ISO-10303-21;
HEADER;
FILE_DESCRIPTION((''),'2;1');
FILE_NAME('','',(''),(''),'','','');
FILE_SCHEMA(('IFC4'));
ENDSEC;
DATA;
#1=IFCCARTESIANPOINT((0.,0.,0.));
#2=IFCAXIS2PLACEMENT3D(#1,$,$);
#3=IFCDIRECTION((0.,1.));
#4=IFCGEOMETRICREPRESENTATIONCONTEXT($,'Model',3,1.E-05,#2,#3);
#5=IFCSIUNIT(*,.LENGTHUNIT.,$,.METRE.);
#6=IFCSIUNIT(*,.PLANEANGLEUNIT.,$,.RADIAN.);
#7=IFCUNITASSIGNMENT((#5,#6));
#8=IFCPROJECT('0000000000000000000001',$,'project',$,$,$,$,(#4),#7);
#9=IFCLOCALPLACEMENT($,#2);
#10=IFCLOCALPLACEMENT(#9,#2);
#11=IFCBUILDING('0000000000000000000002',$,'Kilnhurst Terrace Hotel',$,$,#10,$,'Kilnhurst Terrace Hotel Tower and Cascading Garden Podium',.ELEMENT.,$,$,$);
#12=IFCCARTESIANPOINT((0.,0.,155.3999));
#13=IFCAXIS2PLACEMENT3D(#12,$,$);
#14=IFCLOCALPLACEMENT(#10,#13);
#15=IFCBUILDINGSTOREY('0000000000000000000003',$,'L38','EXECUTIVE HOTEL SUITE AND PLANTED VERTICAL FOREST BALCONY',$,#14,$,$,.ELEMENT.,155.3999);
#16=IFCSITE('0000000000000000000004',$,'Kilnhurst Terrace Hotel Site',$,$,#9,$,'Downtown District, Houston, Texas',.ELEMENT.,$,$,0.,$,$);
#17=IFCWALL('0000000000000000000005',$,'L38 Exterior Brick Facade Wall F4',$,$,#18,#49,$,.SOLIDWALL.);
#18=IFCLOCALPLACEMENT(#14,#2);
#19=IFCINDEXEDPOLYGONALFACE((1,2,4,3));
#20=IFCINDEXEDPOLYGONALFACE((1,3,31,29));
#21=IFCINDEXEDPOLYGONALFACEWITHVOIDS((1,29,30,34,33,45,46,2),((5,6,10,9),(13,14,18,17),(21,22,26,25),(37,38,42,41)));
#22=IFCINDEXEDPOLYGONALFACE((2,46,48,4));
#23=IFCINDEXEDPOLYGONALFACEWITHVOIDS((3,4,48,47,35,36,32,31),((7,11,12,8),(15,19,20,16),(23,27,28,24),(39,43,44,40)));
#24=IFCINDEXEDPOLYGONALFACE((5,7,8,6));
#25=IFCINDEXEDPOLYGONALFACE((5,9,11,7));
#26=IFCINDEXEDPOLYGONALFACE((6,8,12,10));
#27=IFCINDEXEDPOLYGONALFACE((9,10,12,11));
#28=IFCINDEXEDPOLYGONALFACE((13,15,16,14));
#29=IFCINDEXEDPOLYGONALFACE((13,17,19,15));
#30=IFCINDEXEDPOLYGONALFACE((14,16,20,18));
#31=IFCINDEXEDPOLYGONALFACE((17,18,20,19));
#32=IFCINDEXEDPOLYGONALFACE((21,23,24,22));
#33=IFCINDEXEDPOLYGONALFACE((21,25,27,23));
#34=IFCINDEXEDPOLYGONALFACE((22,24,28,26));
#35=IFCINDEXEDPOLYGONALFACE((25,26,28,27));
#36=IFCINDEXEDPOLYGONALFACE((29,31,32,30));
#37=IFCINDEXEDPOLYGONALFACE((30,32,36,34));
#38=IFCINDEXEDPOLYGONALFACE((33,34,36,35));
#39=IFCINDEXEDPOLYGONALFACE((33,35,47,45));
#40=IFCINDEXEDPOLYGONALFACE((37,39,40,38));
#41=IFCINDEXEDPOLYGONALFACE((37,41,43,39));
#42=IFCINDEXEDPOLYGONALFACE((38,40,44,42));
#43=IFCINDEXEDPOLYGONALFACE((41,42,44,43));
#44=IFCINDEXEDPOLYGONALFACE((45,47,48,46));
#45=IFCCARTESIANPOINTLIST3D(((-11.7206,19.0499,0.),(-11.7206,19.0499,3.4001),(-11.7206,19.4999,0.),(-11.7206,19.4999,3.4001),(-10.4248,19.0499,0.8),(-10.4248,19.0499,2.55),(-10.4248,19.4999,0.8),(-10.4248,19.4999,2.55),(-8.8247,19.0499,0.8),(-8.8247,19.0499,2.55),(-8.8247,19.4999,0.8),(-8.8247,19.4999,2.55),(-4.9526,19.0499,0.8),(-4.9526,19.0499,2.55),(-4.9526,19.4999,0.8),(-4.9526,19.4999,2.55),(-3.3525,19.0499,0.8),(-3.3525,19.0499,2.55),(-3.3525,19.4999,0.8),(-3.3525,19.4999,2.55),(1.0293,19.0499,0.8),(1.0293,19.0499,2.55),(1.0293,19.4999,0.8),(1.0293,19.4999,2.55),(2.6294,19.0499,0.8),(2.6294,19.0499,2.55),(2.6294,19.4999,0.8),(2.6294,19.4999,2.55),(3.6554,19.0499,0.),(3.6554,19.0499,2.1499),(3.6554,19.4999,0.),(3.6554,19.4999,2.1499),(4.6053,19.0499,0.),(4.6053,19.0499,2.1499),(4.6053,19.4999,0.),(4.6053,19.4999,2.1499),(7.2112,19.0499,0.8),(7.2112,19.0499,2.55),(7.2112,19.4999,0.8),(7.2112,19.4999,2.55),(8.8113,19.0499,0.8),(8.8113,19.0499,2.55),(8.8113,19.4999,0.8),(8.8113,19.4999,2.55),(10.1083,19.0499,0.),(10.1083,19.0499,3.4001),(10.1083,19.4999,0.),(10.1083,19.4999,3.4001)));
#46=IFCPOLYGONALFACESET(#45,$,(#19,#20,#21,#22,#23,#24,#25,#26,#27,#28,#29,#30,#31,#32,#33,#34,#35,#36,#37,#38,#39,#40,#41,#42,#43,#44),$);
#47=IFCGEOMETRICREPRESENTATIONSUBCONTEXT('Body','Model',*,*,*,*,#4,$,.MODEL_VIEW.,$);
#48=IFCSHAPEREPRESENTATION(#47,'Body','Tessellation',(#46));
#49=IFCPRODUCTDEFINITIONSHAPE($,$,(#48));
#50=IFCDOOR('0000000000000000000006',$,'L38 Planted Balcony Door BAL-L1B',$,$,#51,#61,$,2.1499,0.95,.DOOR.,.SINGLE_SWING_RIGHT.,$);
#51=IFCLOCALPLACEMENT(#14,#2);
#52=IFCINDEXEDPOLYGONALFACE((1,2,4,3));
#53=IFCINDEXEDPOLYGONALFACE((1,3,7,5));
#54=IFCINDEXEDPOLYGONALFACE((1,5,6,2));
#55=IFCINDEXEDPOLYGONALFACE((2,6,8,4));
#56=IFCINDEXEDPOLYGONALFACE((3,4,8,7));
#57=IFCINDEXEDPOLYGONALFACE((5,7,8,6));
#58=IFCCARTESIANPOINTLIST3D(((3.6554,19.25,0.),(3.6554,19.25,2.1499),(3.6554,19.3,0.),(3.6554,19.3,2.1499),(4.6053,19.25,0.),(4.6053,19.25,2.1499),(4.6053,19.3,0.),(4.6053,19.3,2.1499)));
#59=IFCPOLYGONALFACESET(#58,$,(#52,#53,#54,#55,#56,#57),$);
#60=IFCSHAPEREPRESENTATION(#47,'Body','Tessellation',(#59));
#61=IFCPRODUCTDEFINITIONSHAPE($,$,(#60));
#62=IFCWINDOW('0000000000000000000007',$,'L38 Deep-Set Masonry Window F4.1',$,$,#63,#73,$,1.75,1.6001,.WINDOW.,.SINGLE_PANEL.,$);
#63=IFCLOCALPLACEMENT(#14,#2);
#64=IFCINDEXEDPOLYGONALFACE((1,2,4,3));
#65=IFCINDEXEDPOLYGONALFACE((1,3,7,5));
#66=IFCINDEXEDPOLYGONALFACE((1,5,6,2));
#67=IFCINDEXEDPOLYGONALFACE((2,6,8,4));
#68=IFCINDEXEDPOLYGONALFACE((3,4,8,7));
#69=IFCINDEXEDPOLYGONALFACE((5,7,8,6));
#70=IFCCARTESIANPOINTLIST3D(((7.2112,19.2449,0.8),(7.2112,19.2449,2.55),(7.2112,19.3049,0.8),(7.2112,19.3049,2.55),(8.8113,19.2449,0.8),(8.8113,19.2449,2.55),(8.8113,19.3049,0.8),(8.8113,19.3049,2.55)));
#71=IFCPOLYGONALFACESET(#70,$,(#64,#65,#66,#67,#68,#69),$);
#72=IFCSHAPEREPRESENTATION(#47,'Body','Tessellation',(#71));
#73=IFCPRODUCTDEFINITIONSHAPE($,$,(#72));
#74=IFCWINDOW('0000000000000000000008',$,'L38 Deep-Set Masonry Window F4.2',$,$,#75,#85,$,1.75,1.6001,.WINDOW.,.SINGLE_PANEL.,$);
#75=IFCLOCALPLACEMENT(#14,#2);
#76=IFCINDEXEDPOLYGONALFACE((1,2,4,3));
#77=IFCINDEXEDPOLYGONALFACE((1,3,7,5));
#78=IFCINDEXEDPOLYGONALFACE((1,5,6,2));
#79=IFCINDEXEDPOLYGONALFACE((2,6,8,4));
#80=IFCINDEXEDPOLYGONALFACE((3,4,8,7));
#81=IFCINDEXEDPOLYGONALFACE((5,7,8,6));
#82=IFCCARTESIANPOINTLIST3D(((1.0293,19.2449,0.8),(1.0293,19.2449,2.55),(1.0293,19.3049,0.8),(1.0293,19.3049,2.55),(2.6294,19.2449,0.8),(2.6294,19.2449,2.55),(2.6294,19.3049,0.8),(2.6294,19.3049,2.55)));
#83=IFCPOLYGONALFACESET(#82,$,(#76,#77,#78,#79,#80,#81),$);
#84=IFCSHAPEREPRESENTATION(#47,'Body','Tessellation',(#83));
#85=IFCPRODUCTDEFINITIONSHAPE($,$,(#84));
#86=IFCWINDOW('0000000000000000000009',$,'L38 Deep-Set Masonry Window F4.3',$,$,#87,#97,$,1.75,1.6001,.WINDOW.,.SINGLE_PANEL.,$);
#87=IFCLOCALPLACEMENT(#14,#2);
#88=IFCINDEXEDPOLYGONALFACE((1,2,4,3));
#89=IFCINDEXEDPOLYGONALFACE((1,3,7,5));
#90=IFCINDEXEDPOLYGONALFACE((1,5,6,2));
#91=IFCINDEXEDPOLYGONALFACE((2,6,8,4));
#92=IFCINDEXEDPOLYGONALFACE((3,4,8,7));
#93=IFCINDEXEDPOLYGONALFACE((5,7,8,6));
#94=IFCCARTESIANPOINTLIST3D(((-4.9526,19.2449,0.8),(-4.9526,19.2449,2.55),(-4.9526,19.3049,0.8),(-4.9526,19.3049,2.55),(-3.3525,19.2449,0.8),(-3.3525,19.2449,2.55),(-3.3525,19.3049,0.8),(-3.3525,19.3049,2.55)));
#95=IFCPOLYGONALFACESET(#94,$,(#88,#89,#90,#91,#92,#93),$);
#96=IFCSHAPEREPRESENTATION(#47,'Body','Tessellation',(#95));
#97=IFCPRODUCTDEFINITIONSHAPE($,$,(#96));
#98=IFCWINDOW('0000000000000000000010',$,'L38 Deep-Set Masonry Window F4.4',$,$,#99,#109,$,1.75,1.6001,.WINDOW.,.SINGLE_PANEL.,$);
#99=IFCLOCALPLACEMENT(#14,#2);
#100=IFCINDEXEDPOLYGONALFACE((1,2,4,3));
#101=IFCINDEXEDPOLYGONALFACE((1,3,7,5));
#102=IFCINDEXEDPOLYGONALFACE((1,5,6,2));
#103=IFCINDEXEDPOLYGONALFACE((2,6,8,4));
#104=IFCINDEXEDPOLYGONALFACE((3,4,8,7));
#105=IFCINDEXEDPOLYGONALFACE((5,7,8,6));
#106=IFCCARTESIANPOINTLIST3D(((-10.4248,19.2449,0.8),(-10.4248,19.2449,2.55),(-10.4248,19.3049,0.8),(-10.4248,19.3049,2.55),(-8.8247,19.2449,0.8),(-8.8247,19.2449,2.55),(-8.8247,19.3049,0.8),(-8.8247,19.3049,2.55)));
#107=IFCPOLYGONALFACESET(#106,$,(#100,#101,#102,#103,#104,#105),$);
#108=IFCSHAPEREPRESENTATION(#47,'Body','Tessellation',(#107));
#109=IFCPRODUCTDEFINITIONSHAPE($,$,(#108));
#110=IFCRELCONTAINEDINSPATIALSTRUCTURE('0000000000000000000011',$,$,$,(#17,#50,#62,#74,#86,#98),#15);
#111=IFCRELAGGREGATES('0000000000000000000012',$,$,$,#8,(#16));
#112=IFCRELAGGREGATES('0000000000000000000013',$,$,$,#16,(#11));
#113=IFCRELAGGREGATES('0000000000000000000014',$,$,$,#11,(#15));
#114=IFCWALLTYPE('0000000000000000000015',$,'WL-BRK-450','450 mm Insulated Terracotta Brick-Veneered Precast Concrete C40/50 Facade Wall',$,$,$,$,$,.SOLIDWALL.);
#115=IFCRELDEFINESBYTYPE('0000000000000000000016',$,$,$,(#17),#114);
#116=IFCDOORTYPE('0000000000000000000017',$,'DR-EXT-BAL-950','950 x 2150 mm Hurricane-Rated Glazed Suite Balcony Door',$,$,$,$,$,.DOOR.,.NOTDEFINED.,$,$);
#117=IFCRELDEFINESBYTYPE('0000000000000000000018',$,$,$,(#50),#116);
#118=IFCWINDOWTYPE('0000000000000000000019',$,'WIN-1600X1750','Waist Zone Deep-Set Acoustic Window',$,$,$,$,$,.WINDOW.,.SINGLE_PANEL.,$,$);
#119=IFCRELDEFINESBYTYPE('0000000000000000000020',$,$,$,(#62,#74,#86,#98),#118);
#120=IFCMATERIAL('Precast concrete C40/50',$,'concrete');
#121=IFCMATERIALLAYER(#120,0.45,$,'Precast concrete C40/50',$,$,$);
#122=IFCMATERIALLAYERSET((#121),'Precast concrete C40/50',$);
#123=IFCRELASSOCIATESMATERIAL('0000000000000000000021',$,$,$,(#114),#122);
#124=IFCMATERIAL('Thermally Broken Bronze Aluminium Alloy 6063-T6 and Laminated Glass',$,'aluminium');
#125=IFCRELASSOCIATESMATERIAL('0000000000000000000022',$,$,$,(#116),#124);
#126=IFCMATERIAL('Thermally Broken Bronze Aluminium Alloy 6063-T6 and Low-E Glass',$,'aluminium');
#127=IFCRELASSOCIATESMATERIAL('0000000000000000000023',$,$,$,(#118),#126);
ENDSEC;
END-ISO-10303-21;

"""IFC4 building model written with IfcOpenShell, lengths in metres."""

from ifc_helpers import new_model, si_unit, direction, frame, frame_2d, origin, place, context, subcontext, project, spatial, rectangle, extrude, material, layer, layer_set, type_object, element, fill, save


model = new_model("IFC4")

# Units and contexts
model_context = context("Model", 3, precision=1e-05, world=origin(), true_north=direction((0.0, 1.0)))
body_context = subcontext(model_context, "Body", "Model", "MODEL_VIEW")
ifc_project = project(units=[si_unit("LENGTHUNIT", "METRE"), si_unit("PLANEANGLEUNIT", "RADIAN")], contexts=[model_context])

# Site, building, storey
site_placement = place(None, origin())
site = spatial("IfcSite", under=ifc_project, at=site_placement, Name="Kilnhurst Terrace Hotel Site", LongName="Downtown District, Houston, Texas", CompositionType="ELEMENT", RefElevation=0.0)
building_placement = place(site_placement, origin())
building = spatial("IfcBuilding", under=site, at=building_placement, Name="Kilnhurst Terrace Hotel", LongName="Kilnhurst Terrace Hotel Tower and Cascading Garden Podium", CompositionType="ELEMENT")
storey_placement = place(building_placement, frame((0.0, 0.0, 155.3999)))
storey = spatial("IfcBuildingStorey", under=building, at=storey_placement, Name="L38", Description="EXECUTIVE HOTEL SUITE AND PLANTED VERTICAL FOREST BALCONY", CompositionType="ELEMENT", Elevation=155.3999)

# Shared definitions
ifc_material_1 = material(Name="Precast concrete C40/50", Category="concrete")
ifc_layer_1 = layer(ifc_material_1, 0.45, Name="Precast concrete C40/50")
ifc_layer_set_1 = layer_set([ifc_layer_1], Name="Precast concrete C40/50")
wall_type_1 = type_object("IfcWallType", Name="WL-BRK-450", Description="450 mm Insulated Terracotta Brick-Veneered Precast Concrete C40/50 Facade Wall", PredefinedType="SOLIDWALL", material=ifc_layer_set_1)

# Wall, openings, door, windows
wall_1_placement = place(storey_placement, frame((10.1084, 19.2749, 0.0), z_axis=(0.0, 0.0, 1.0), x_axis=(-1.0, 0.0, 0.0)))
wall_1 = element("IfcWall", 1, at=wall_1_placement, inside=storey, type_object=wall_type_1, Name="L38 Exterior Brick Facade Wall F4", PredefinedType="SOLIDWALL", context=body_context, shape_type="SweptSolid", body=[
    extrude(rectangle(XDim=21.8289, YDim=0.45, at=frame_2d((10.9146, 0.0))), origin(), (0.0, 0.0, 1.0), 3.4001),
])
opening_1_placement = place(wall_1_placement, frame((5.5029, 0.0, 0.0)))
opening_1 = element("IfcOpeningElement", 2, at=opening_1_placement, cuts=wall_1, PredefinedType="OPENING", context=body_context, shape_type="SweptSolid", body=[
    extrude(rectangle(XDim=0.95, YDim=2.1499, at=frame_2d((0.4751, 1.075))), frame((0.0, 0.2349, 0.0), z_axis=(0.0, -1.0, 0.0), x_axis=(1.0, 0.0, 0.0)), (0.0, 0.0, 1.0), 0.47),
])
opening_2_placement = place(wall_1_placement, frame((1.2971, 0.0, 0.8)))
opening_2 = element("IfcOpeningElement", 3, at=opening_2_placement, cuts=wall_1, PredefinedType="OPENING", context=body_context, shape_type="SweptSolid", body=[
    extrude(rectangle(XDim=1.6001, YDim=1.75, at=frame_2d((0.8, 0.875))), frame((0.0, 0.2349, 0.0), z_axis=(0.0, -1.0, 0.0), x_axis=(1.0, 0.0, 0.0)), (0.0, 0.0, 1.0), 0.47),
])
opening_3_placement = place(wall_1_placement, frame((7.479, 0.0, 0.8)))
opening_3 = element("IfcOpeningElement", 4, at=opening_3_placement, cuts=wall_1, PredefinedType="OPENING", context=body_context, shape_type="SweptSolid", body=[
    extrude(rectangle(XDim=1.6001, YDim=1.75, at=frame_2d((0.8, 0.875))), frame((0.0, 0.2349, 0.0), z_axis=(0.0, -1.0, 0.0), x_axis=(1.0, 0.0, 0.0)), (0.0, 0.0, 1.0), 0.47),
])
opening_4_placement = place(wall_1_placement, frame((13.4609, 0.0, 0.8)))
opening_4 = element("IfcOpeningElement", 5, at=opening_4_placement, cuts=wall_1, PredefinedType="OPENING", context=body_context, shape_type="SweptSolid", body=[
    extrude(rectangle(XDim=1.6001, YDim=1.75, at=frame_2d((0.8, 0.875))), frame((0.0, 0.2349, 0.0), z_axis=(0.0, -1.0, 0.0), x_axis=(1.0, 0.0, 0.0)), (0.0, 0.0, 1.0), 0.47),
])
opening_5_placement = place(wall_1_placement, frame((18.9331, 0.0, 0.8)))
opening_5 = element("IfcOpeningElement", 6, at=opening_5_placement, cuts=wall_1, PredefinedType="OPENING", context=body_context, shape_type="SweptSolid", body=[
    extrude(rectangle(XDim=1.6001, YDim=1.75, at=frame_2d((0.8, 0.875))), frame((0.0, 0.2349, 0.0), z_axis=(0.0, -1.0, 0.0), x_axis=(1.0, 0.0, 0.0)), (0.0, 0.0, 1.0), 0.47),
])
ifc_material_2 = material(Name="Thermally Broken Bronze Aluminium Alloy 6063-T6 and Laminated Glass", Category="aluminium")
door_type_1 = type_object("IfcDoorType", Name="DR-EXT-BAL-950", Description="950 x 2150 mm Hurricane-Rated Glazed Suite Balcony Door", OperationType="NOTDEFINED", PredefinedType="DOOR", material=ifc_material_2)
door_1_placement = place(opening_1_placement, origin())
door_1 = element("IfcDoor", 7, at=door_1_placement, inside=storey, type_object=door_type_1, Name="L38 Planted Balcony Door BAL-L1B", OperationType="SINGLE_SWING_RIGHT", OverallHeight=2.1499, OverallWidth=0.95, PredefinedType="DOOR", context=body_context, shape_type="SweptSolid", body=[
    extrude(rectangle(XDim=0.95, YDim=2.1499, at=frame_2d((0.4751, 1.075))), frame((0.0, 0.0249, 0.0), z_axis=(0.0, -1.0, 0.0), x_axis=(1.0, 0.0, 0.0)), (0.0, 0.0, 1.0), 0.05),
])
fill(opening_1, door_1)
ifc_material_3 = material(Name="Thermally Broken Bronze Aluminium Alloy 6063-T6 and Low-E Glass", Category="aluminium")
window_type = type_object("IfcWindowType", Name="WIN-1600X1750", Description="Waist Zone Deep-Set Acoustic Window", PartitioningType="SINGLE_PANEL", PredefinedType="WINDOW", material=ifc_material_3)
window_1_placement = place(opening_2_placement, origin())
window_1 = element("IfcWindow", 8, at=window_1_placement, inside=storey, type_object=window_type, Name="L38 Deep-Set Masonry Window F4.1", OverallHeight=1.75, OverallWidth=1.6001, PartitioningType="SINGLE_PANEL", PredefinedType="WINDOW", context=body_context, shape_type="SweptSolid", body=[
    extrude(rectangle(XDim=1.6001, YDim=1.75, at=frame_2d((0.8, 0.875))), frame((0.0, 0.03, 0.0), z_axis=(0.0, -1.0, 0.0), x_axis=(1.0, 0.0, 0.0)), (0.0, 0.0, 1.0), 0.0601),
])
fill(opening_2, window_1)
window_2_placement = place(opening_3_placement, origin())
window_2 = element("IfcWindow", 9, at=window_2_placement, inside=storey, type_object=window_type, Name="L38 Deep-Set Masonry Window F4.2", OverallHeight=1.75, OverallWidth=1.6001, PartitioningType="SINGLE_PANEL", PredefinedType="WINDOW", context=body_context, shape_type="SweptSolid", body=[
    extrude(rectangle(XDim=1.6001, YDim=1.75, at=frame_2d((0.8, 0.875))), frame((0.0, 0.03, 0.0), z_axis=(0.0, -1.0, 0.0), x_axis=(1.0, 0.0, 0.0)), (0.0, 0.0, 1.0), 0.0601),
])
fill(opening_3, window_2)
window_3_placement = place(opening_4_placement, origin())
window_3 = element("IfcWindow", 10, at=window_3_placement, inside=storey, type_object=window_type, Name="L38 Deep-Set Masonry Window F4.3", OverallHeight=1.75, OverallWidth=1.6001, PartitioningType="SINGLE_PANEL", PredefinedType="WINDOW", context=body_context, shape_type="SweptSolid", body=[
    extrude(rectangle(XDim=1.6001, YDim=1.75, at=frame_2d((0.8, 0.875))), frame((0.0, 0.03, 0.0), z_axis=(0.0, -1.0, 0.0), x_axis=(1.0, 0.0, 0.0)), (0.0, 0.0, 1.0), 0.0601),
])
fill(opening_4, window_3)
window_4_placement = place(opening_5_placement, origin())
window_4 = element("IfcWindow", 11, at=window_4_placement, inside=storey, type_object=window_type, Name="L38 Deep-Set Masonry Window F4.4", OverallHeight=1.75, OverallWidth=1.6001, PartitioningType="SINGLE_PANEL", PredefinedType="WINDOW", context=body_context, shape_type="SweptSolid", body=[
    extrude(rectangle(XDim=1.6001, YDim=1.75, at=frame_2d((0.8, 0.875))), frame((0.0, 0.03, 0.0), z_axis=(0.0, -1.0, 0.0), x_axis=(1.0, 0.0, 0.0)), (0.0, 0.0, 1.0), 0.0601),
])
fill(opening_5, window_4)

save(model, "model.ifc")
